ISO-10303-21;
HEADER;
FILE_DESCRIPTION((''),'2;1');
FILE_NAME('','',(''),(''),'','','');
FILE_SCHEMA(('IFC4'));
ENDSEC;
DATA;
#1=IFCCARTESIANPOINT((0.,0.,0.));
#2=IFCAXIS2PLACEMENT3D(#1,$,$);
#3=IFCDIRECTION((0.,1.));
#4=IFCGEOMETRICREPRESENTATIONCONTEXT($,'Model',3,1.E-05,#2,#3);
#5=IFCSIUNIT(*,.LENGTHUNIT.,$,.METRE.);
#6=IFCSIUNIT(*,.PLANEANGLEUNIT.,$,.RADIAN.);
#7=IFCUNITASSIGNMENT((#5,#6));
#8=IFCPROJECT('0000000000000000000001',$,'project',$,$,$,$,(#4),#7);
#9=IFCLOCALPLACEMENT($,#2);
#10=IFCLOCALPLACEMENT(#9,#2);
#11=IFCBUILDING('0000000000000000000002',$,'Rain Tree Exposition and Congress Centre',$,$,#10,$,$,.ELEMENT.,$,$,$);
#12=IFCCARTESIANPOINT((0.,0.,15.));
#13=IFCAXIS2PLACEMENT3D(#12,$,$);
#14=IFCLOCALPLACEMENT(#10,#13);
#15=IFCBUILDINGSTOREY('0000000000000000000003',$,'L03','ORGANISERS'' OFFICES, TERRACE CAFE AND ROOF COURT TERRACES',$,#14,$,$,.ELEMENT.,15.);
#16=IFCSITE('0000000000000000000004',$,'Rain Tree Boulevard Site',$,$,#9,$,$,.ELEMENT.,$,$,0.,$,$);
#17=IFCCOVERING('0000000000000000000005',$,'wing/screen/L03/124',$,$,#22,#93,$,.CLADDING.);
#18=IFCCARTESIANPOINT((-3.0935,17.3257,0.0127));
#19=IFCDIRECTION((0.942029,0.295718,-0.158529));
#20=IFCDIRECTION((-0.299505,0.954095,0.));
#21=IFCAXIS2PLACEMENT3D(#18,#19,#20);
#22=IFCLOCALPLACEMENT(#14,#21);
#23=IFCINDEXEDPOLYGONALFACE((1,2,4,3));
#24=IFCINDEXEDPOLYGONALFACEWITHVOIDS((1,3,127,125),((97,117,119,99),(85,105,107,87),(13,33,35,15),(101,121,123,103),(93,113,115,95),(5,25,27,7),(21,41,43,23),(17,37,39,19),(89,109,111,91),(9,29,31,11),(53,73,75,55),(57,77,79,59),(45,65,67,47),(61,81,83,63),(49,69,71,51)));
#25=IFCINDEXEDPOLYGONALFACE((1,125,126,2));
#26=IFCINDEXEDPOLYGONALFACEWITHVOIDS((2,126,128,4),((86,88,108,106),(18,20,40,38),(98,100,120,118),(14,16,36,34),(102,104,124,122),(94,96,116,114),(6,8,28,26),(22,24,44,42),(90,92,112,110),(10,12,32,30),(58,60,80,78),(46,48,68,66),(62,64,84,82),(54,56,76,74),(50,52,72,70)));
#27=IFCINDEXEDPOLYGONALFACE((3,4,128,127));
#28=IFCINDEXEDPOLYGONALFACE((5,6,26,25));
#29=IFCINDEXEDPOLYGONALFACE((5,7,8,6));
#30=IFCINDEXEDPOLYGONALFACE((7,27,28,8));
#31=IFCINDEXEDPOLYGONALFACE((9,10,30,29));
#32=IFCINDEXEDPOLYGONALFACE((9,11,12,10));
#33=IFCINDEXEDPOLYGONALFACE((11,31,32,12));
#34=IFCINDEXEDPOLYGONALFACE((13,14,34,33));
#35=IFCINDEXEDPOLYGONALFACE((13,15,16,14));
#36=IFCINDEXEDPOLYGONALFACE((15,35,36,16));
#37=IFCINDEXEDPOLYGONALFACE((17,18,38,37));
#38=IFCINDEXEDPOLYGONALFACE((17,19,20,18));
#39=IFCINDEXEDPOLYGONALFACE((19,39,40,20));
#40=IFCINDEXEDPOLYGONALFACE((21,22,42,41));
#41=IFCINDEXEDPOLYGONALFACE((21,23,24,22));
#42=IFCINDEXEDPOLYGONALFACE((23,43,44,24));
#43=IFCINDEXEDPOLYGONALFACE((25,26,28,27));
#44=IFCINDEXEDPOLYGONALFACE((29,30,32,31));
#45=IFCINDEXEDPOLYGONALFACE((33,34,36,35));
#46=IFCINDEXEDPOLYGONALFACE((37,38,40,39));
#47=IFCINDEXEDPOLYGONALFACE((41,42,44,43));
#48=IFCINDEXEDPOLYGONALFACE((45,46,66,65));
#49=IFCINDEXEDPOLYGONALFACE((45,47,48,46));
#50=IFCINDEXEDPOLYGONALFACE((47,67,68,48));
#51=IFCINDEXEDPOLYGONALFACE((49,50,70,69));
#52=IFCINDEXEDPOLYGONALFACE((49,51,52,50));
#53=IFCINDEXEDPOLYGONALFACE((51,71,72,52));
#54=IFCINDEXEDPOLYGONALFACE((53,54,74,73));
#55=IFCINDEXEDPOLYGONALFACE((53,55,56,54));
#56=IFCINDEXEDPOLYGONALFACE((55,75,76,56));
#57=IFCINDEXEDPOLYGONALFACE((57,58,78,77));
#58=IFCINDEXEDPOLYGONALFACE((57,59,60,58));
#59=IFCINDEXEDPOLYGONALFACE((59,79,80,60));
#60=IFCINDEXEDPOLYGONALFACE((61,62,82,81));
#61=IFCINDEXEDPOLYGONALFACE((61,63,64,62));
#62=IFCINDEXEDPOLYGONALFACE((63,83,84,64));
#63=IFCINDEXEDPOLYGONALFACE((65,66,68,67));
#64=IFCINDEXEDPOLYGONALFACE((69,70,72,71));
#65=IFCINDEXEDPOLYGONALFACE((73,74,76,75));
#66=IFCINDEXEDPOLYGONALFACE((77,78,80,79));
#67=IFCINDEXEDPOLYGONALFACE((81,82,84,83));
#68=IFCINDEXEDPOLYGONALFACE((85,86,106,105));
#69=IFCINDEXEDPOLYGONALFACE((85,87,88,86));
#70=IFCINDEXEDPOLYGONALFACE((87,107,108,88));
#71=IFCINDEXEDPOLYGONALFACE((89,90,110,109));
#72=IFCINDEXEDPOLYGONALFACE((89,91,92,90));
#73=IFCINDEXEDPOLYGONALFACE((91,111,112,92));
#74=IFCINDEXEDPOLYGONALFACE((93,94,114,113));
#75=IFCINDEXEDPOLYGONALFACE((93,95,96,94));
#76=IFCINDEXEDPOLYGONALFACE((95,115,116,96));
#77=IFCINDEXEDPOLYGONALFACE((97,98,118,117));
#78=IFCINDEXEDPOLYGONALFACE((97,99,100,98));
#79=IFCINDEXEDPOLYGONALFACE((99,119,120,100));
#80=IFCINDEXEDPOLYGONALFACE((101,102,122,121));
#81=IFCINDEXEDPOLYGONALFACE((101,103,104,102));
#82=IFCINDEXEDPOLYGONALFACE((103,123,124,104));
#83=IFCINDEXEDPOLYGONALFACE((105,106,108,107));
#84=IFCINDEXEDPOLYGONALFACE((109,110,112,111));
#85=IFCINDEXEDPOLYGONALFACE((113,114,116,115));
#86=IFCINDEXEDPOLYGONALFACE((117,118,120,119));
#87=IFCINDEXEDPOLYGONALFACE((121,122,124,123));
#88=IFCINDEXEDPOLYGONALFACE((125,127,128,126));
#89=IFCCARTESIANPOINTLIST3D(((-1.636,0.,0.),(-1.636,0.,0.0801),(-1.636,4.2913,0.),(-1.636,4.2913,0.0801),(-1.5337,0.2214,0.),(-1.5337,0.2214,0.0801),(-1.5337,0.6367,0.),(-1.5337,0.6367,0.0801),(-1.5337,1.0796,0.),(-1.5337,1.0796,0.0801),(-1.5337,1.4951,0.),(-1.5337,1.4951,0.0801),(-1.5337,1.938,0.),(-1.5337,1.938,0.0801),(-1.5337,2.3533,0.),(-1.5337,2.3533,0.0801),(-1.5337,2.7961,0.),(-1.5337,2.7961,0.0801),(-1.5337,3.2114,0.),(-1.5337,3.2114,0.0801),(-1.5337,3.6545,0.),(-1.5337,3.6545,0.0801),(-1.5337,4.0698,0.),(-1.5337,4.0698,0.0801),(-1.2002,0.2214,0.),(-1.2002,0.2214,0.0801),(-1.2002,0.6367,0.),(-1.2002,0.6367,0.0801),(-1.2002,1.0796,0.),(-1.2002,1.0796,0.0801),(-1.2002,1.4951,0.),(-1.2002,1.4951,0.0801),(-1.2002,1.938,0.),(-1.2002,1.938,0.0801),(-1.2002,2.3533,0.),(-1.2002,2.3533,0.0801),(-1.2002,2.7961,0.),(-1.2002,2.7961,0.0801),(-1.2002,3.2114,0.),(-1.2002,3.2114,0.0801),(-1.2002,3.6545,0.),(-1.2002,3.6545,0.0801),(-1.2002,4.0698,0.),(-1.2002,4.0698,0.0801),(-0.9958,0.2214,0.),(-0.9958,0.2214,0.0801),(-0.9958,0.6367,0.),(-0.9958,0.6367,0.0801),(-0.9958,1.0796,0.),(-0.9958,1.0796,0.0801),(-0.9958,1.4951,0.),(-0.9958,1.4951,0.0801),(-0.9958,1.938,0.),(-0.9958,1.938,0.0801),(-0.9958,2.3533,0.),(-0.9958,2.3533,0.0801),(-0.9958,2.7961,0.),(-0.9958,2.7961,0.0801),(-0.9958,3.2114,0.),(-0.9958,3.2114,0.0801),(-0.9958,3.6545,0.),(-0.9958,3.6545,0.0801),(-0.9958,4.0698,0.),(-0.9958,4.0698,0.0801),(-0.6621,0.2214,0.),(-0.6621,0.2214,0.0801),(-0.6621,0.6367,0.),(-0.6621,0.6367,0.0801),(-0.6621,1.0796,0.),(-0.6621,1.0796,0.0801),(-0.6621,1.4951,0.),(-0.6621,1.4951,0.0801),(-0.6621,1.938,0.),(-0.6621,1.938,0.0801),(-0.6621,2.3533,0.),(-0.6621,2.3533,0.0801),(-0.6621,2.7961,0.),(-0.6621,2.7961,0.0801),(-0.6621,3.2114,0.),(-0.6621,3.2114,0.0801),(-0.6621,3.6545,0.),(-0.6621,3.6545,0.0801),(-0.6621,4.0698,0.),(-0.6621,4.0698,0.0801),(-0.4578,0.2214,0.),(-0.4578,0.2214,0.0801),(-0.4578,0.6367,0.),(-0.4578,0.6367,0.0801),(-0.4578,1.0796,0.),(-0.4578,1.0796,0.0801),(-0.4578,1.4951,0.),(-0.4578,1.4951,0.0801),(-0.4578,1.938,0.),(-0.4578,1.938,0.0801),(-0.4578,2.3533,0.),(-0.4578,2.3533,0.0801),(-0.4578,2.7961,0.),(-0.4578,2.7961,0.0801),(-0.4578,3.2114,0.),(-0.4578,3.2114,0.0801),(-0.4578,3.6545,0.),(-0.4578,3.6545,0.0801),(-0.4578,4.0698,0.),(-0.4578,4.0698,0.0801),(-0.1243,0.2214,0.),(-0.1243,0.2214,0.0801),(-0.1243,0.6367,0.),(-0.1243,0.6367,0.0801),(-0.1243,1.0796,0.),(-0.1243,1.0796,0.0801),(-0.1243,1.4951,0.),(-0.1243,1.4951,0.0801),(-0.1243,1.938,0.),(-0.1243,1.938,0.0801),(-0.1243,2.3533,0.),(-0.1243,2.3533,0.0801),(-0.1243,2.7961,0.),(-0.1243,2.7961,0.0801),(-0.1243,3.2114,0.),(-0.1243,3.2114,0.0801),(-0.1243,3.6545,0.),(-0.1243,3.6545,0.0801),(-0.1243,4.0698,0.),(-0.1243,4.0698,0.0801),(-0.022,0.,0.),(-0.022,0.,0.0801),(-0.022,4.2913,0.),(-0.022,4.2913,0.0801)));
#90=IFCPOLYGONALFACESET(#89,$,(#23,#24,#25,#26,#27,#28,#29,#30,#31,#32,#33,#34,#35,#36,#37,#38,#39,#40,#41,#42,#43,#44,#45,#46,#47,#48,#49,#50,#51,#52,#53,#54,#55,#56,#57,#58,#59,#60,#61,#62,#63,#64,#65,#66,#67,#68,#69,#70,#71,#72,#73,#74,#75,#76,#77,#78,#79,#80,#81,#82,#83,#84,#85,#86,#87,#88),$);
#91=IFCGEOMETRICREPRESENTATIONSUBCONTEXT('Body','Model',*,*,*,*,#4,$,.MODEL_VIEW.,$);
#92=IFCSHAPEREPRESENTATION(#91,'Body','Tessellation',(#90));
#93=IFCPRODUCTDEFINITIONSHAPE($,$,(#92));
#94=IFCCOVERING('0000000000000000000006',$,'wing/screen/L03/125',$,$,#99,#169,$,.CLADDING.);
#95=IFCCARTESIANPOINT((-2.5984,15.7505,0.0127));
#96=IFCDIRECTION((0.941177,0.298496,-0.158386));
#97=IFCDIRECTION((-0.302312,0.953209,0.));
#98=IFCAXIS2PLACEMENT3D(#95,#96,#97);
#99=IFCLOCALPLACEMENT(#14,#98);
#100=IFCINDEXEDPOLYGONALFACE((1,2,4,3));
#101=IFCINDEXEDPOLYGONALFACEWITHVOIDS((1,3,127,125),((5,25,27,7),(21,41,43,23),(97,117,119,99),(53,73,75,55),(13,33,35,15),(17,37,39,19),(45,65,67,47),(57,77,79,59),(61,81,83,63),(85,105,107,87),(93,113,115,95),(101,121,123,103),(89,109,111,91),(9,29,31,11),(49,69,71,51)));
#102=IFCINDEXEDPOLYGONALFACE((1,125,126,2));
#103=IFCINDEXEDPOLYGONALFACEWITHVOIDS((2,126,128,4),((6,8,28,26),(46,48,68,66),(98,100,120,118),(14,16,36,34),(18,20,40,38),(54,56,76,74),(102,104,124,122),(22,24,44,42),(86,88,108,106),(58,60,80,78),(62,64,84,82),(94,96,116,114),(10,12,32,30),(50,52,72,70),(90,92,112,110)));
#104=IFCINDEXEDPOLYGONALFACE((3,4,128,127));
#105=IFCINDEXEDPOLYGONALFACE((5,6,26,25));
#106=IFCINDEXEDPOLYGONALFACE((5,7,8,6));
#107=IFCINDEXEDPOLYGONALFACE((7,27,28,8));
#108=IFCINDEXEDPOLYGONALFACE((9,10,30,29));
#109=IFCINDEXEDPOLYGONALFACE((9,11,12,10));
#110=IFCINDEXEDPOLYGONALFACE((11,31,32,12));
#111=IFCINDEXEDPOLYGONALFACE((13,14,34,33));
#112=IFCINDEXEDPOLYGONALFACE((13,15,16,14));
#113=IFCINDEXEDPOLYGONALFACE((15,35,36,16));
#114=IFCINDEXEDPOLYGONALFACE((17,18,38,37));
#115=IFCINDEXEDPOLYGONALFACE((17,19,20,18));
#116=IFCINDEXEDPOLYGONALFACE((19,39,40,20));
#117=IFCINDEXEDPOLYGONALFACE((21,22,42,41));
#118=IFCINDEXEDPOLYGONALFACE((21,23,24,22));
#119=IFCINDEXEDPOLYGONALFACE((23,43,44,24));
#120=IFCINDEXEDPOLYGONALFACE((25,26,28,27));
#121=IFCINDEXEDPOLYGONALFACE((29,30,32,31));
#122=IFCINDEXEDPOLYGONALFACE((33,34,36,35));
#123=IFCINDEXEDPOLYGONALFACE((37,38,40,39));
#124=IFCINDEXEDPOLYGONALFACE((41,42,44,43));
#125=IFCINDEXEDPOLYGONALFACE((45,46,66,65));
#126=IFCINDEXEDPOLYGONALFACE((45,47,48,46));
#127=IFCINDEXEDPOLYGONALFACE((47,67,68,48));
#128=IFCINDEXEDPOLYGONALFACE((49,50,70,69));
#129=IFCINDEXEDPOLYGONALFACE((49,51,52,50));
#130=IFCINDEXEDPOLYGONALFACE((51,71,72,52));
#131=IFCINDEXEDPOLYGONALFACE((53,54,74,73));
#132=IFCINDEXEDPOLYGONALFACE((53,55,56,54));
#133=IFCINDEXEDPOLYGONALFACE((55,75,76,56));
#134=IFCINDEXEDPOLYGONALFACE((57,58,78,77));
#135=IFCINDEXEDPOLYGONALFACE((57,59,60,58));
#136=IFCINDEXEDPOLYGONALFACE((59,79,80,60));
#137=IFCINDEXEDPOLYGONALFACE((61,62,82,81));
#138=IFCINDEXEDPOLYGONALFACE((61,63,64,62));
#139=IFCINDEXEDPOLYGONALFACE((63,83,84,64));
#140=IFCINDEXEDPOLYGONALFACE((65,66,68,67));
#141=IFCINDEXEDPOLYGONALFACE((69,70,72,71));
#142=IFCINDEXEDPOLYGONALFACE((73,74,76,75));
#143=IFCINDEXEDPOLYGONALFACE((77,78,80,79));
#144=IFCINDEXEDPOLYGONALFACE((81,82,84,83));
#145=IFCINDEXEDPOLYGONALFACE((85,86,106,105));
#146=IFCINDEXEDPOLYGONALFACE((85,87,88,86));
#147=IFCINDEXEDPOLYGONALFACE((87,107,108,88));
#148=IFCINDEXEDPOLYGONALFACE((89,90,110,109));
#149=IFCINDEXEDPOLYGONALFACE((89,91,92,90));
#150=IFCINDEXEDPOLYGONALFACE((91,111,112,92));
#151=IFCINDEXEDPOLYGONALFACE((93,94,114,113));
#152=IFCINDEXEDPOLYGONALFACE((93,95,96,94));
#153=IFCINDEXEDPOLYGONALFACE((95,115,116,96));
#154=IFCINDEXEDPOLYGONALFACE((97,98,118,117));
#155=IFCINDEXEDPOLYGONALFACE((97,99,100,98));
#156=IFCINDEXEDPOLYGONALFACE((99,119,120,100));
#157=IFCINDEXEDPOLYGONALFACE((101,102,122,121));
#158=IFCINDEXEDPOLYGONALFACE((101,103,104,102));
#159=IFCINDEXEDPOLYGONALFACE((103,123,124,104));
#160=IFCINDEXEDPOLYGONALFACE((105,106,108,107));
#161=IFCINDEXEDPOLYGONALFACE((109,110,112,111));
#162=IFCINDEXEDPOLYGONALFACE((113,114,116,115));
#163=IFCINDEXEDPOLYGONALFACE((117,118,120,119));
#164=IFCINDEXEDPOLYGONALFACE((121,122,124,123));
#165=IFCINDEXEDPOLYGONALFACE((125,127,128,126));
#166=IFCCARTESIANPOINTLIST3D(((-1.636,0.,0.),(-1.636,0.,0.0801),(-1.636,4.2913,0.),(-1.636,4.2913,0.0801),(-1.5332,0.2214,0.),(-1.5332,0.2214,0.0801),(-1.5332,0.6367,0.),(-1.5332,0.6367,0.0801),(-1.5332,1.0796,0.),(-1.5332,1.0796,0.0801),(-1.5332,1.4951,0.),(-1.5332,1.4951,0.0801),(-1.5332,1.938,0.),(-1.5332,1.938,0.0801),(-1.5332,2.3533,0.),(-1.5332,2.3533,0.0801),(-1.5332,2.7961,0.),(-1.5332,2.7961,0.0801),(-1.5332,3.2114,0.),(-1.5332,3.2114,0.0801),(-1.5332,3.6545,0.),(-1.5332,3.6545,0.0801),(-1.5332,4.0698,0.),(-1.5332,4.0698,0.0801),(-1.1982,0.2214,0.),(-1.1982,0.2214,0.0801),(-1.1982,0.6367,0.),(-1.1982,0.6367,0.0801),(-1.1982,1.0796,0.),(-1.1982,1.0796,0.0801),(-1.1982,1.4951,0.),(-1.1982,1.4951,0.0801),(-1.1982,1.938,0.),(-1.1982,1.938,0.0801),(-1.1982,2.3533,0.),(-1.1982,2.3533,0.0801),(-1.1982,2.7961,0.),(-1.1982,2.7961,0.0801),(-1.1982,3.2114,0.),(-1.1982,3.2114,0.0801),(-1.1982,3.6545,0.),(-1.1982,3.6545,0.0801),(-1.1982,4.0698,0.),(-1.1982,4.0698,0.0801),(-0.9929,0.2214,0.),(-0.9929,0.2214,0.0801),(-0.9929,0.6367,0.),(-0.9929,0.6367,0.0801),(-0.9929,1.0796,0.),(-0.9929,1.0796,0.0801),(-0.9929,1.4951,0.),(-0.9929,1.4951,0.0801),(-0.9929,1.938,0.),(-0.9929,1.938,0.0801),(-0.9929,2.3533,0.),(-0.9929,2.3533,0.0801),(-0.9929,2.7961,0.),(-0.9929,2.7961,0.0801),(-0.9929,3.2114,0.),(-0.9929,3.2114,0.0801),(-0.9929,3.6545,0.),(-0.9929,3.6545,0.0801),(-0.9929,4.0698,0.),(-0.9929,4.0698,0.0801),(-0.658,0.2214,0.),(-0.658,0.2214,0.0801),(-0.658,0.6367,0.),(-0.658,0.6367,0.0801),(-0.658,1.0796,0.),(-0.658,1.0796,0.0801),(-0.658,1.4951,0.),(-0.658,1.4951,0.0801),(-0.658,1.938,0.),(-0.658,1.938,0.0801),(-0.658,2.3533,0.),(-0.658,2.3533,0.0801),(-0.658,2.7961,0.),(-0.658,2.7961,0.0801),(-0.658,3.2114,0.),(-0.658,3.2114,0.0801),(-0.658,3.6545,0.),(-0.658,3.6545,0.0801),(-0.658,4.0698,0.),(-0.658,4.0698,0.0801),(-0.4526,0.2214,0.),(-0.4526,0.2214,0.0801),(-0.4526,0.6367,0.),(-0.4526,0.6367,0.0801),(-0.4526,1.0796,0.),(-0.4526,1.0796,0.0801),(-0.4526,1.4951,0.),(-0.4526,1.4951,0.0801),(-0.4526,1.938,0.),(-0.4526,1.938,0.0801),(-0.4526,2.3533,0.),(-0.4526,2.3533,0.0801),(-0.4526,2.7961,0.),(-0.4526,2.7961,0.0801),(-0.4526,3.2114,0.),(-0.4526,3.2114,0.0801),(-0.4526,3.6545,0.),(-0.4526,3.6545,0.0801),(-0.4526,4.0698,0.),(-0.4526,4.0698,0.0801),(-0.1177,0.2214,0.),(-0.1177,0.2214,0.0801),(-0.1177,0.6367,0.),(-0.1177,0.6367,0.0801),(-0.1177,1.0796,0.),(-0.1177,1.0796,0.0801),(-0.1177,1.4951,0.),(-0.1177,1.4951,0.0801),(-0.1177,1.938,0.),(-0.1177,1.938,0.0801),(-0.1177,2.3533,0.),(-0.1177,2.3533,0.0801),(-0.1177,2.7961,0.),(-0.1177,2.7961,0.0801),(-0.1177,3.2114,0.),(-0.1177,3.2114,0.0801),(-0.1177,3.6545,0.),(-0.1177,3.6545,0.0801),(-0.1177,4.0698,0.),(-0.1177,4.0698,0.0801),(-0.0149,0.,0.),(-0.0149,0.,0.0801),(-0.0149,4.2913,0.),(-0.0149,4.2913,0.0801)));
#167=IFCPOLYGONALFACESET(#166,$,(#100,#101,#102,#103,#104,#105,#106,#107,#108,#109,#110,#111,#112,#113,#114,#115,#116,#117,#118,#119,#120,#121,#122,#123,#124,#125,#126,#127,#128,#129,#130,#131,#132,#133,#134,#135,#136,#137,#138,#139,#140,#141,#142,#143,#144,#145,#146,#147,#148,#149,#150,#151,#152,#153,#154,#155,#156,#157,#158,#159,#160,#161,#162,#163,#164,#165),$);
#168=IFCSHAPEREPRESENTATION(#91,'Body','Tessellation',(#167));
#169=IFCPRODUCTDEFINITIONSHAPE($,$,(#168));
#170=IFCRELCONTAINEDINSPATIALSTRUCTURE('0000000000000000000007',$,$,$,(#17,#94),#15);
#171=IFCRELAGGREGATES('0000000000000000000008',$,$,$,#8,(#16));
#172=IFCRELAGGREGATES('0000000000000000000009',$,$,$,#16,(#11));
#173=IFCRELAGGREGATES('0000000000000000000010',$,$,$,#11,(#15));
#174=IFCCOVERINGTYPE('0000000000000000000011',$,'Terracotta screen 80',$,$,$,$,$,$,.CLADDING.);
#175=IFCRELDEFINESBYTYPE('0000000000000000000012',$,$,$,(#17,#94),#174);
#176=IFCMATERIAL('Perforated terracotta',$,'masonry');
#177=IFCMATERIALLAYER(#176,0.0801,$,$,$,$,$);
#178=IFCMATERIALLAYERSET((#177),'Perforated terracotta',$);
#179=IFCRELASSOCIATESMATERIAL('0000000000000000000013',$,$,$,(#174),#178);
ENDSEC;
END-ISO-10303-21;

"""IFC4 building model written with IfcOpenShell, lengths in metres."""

from ifc_helpers import new_model, si_unit, direction, frame, origin, place, context, subcontext, project, spatial, polyline, outline, extrude, material, layer, layer_set, type_object, element, save


model = new_model("IFC4")

# Units and contexts
model_context = context("Model", 3, precision=1e-05, world=origin(), true_north=direction((0.0, 1.0)))
body_context = subcontext(model_context, "Body", "Model", "MODEL_VIEW")
ifc_project = project(units=[si_unit("LENGTHUNIT", "METRE"), si_unit("PLANEANGLEUNIT", "RADIAN")], contexts=[model_context])

# Site, building, storey
site_placement = place(None, origin())
site = spatial("IfcSite", under=ifc_project, at=site_placement, Name="Rain Tree Boulevard Site", CompositionType="ELEMENT", RefElevation=0.0)
building_placement = place(site_placement, origin())
building = spatial("IfcBuilding", under=site, at=building_placement, Name="Rain Tree Exposition and Congress Centre", CompositionType="ELEMENT")
storey_placement = place(building_placement, frame((0.0, 0.0, 15.0)))
storey = spatial("IfcBuildingStorey", under=building, at=storey_placement, Name="L03", Description="ORGANISERS' OFFICES, TERRACE CAFE AND ROOF COURT TERRACES", CompositionType="ELEMENT", Elevation=15.0)

# Coverings
ifc_material_1 = material(Name="Perforated terracotta", Category="masonry")
ifc_layer_1 = layer(ifc_material_1, 0.0801)
ifc_layer_set_1 = layer_set([ifc_layer_1], Name="Perforated terracotta")
covering_type = type_object("IfcCoveringType", Name="Terracotta screen 80", PredefinedType="CLADDING", material=ifc_layer_set_1)
covering_1_placement = place(storey_placement, frame((-3.0935, 17.3257, 0.0127), z_axis=(0.942029, 0.295718, -0.158529), x_axis=(-0.299505, 0.954095, 0.0)))
element("IfcCovering", 1, at=covering_1_placement, inside=storey, type_object=covering_type, Name="wing/screen/L03/124", PredefinedType="CLADDING", context=body_context, shape_type="SweptSolid", body=[
    extrude(outline(polyline([(-1.636, 0.0), (-1.636, 4.2913), (-0.022, 4.2913), (-0.022, 0.0), (-1.636, 0.0)]), holes=[polyline([(-0.1243, 0.2214), (-0.1243, 0.6367), (-0.4578, 0.6367), (-0.4578, 0.2214), (-0.1243, 0.2214)]), polyline([(-0.1243, 1.0796), (-0.1243, 1.4951), (-0.4578, 1.4951), (-0.4578, 1.0796), (-0.1243, 1.0796)]), polyline([(-0.1243, 1.938), (-0.1243, 2.3533), (-0.4578, 2.3533), (-0.4578, 1.938), (-0.1243, 1.938)]), polyline([(-0.1243, 2.7961), (-0.1243, 3.2114), (-0.4578, 3.2114), (-0.4578, 2.7961), (-0.1243, 2.7961)]), polyline([(-0.1243, 3.6545), (-0.1243, 4.0698), (-0.4578, 4.0698), (-0.4578, 3.6545), (-0.1243, 3.6545)]), polyline([(-0.6621, 0.2214), (-0.6621, 0.6367), (-0.9958, 0.6367), (-0.9958, 0.2214), (-0.6621, 0.2214)]), polyline([(-0.6621, 1.0796), (-0.6621, 1.4951), (-0.9958, 1.4951), (-0.9958, 1.0796), (-0.6621, 1.0796)]), polyline([(-0.6621, 1.938), (-0.6621, 2.3533), (-0.9958, 2.3533), (-0.9958, 1.938), (-0.6621, 1.938)]), polyline([(-0.6621, 2.7961), (-0.6621, 3.2114), (-0.9958, 3.2114), (-0.9958, 2.7961), (-0.6621, 2.7961)]), polyline([(-0.6621, 3.6545), (-0.6621, 4.0698), (-0.9958, 4.0698), (-0.9958, 3.6545), (-0.6621, 3.6545)]), polyline([(-1.2002, 0.2214), (-1.2002, 0.6367), (-1.5337, 0.6367), (-1.5337, 0.2214), (-1.2002, 0.2214)]), polyline([(-1.2002, 1.0796), (-1.2002, 1.4951), (-1.5337, 1.4951), (-1.5337, 1.0796), (-1.2002, 1.0796)]), polyline([(-1.2002, 1.938), (-1.2002, 2.3533), (-1.5337, 2.3533), (-1.5337, 1.938), (-1.2002, 1.938)]), polyline([(-1.2002, 2.7961), (-1.2002, 3.2114), (-1.5337, 3.2114), (-1.5337, 2.7961), (-1.2002, 2.7961)]), polyline([(-1.2002, 3.6545), (-1.2002, 4.0698), (-1.5337, 4.0698), (-1.5337, 3.6545), (-1.2002, 3.6545)])]), origin(), (0.0, 0.0, 1.0), 0.0801),
])
covering_2_placement = place(storey_placement, frame((-2.5984, 15.7505, 0.0127), z_axis=(0.941177, 0.298496, -0.158386), x_axis=(-0.302312, 0.953209, 0.0)))
element("IfcCovering", 2, at=covering_2_placement, inside=storey, type_object=covering_type, Name="wing/screen/L03/125", PredefinedType="CLADDING", context=body_context, shape_type="SweptSolid", body=[
    extrude(outline(polyline([(-1.636, 0.0), (-1.636, 4.2913), (-0.0149, 4.2913), (-0.0149, 0.0), (-1.636, 0.0)]), holes=[polyline([(-0.1177, 0.2214), (-0.1177, 0.6367), (-0.4526, 0.6367), (-0.4526, 0.2214), (-0.1177, 0.2214)]), polyline([(-0.1177, 1.0796), (-0.1177, 1.4951), (-0.4526, 1.4951), (-0.4526, 1.0796), (-0.1177, 1.0796)]), polyline([(-0.1177, 1.938), (-0.1177, 2.3533), (-0.4526, 2.3533), (-0.4526, 1.938), (-0.1177, 1.938)]), polyline([(-0.1177, 2.7961), (-0.1177, 3.2114), (-0.4526, 3.2114), (-0.4526, 2.7961), (-0.1177, 2.7961)]), polyline([(-0.1177, 3.6545), (-0.1177, 4.0698), (-0.4526, 4.0698), (-0.4526, 3.6545), (-0.1177, 3.6545)]), polyline([(-0.658, 0.2214), (-0.658, 0.6367), (-0.9929, 0.6367), (-0.9929, 0.2214), (-0.658, 0.2214)]), polyline([(-0.658, 1.0796), (-0.658, 1.4951), (-0.9929, 1.4951), (-0.9929, 1.0796), (-0.658, 1.0796)]), polyline([(-0.658, 1.938), (-0.658, 2.3533), (-0.9929, 2.3533), (-0.9929, 1.938), (-0.658, 1.938)]), polyline([(-0.658, 2.7961), (-0.658, 3.2114), (-0.9929, 3.2114), (-0.9929, 2.7961), (-0.658, 2.7961)]), polyline([(-0.658, 3.6545), (-0.658, 4.0698), (-0.9929, 4.0698), (-0.9929, 3.6545), (-0.658, 3.6545)]), polyline([(-1.1982, 0.2214), (-1.1982, 0.6367), (-1.5332, 0.6367), (-1.5332, 0.2214), (-1.1982, 0.2214)]), polyline([(-1.1982, 1.0796), (-1.1982, 1.4951), (-1.5332, 1.4951), (-1.5332, 1.0796), (-1.1982, 1.0796)]), polyline([(-1.1982, 1.938), (-1.1982, 2.3533), (-1.5332, 2.3533), (-1.5332, 1.938), (-1.1982, 1.938)]), polyline([(-1.1982, 2.7961), (-1.1982, 3.2114), (-1.5332, 3.2114), (-1.5332, 2.7961), (-1.1982, 2.7961)]), polyline([(-1.1982, 3.6545), (-1.1982, 4.0698), (-1.5332, 4.0698), (-1.5332, 3.6545), (-1.1982, 3.6545)])]), origin(), (0.0, 0.0, 1.0), 0.0801),
])

save(model, "model.ifc")
